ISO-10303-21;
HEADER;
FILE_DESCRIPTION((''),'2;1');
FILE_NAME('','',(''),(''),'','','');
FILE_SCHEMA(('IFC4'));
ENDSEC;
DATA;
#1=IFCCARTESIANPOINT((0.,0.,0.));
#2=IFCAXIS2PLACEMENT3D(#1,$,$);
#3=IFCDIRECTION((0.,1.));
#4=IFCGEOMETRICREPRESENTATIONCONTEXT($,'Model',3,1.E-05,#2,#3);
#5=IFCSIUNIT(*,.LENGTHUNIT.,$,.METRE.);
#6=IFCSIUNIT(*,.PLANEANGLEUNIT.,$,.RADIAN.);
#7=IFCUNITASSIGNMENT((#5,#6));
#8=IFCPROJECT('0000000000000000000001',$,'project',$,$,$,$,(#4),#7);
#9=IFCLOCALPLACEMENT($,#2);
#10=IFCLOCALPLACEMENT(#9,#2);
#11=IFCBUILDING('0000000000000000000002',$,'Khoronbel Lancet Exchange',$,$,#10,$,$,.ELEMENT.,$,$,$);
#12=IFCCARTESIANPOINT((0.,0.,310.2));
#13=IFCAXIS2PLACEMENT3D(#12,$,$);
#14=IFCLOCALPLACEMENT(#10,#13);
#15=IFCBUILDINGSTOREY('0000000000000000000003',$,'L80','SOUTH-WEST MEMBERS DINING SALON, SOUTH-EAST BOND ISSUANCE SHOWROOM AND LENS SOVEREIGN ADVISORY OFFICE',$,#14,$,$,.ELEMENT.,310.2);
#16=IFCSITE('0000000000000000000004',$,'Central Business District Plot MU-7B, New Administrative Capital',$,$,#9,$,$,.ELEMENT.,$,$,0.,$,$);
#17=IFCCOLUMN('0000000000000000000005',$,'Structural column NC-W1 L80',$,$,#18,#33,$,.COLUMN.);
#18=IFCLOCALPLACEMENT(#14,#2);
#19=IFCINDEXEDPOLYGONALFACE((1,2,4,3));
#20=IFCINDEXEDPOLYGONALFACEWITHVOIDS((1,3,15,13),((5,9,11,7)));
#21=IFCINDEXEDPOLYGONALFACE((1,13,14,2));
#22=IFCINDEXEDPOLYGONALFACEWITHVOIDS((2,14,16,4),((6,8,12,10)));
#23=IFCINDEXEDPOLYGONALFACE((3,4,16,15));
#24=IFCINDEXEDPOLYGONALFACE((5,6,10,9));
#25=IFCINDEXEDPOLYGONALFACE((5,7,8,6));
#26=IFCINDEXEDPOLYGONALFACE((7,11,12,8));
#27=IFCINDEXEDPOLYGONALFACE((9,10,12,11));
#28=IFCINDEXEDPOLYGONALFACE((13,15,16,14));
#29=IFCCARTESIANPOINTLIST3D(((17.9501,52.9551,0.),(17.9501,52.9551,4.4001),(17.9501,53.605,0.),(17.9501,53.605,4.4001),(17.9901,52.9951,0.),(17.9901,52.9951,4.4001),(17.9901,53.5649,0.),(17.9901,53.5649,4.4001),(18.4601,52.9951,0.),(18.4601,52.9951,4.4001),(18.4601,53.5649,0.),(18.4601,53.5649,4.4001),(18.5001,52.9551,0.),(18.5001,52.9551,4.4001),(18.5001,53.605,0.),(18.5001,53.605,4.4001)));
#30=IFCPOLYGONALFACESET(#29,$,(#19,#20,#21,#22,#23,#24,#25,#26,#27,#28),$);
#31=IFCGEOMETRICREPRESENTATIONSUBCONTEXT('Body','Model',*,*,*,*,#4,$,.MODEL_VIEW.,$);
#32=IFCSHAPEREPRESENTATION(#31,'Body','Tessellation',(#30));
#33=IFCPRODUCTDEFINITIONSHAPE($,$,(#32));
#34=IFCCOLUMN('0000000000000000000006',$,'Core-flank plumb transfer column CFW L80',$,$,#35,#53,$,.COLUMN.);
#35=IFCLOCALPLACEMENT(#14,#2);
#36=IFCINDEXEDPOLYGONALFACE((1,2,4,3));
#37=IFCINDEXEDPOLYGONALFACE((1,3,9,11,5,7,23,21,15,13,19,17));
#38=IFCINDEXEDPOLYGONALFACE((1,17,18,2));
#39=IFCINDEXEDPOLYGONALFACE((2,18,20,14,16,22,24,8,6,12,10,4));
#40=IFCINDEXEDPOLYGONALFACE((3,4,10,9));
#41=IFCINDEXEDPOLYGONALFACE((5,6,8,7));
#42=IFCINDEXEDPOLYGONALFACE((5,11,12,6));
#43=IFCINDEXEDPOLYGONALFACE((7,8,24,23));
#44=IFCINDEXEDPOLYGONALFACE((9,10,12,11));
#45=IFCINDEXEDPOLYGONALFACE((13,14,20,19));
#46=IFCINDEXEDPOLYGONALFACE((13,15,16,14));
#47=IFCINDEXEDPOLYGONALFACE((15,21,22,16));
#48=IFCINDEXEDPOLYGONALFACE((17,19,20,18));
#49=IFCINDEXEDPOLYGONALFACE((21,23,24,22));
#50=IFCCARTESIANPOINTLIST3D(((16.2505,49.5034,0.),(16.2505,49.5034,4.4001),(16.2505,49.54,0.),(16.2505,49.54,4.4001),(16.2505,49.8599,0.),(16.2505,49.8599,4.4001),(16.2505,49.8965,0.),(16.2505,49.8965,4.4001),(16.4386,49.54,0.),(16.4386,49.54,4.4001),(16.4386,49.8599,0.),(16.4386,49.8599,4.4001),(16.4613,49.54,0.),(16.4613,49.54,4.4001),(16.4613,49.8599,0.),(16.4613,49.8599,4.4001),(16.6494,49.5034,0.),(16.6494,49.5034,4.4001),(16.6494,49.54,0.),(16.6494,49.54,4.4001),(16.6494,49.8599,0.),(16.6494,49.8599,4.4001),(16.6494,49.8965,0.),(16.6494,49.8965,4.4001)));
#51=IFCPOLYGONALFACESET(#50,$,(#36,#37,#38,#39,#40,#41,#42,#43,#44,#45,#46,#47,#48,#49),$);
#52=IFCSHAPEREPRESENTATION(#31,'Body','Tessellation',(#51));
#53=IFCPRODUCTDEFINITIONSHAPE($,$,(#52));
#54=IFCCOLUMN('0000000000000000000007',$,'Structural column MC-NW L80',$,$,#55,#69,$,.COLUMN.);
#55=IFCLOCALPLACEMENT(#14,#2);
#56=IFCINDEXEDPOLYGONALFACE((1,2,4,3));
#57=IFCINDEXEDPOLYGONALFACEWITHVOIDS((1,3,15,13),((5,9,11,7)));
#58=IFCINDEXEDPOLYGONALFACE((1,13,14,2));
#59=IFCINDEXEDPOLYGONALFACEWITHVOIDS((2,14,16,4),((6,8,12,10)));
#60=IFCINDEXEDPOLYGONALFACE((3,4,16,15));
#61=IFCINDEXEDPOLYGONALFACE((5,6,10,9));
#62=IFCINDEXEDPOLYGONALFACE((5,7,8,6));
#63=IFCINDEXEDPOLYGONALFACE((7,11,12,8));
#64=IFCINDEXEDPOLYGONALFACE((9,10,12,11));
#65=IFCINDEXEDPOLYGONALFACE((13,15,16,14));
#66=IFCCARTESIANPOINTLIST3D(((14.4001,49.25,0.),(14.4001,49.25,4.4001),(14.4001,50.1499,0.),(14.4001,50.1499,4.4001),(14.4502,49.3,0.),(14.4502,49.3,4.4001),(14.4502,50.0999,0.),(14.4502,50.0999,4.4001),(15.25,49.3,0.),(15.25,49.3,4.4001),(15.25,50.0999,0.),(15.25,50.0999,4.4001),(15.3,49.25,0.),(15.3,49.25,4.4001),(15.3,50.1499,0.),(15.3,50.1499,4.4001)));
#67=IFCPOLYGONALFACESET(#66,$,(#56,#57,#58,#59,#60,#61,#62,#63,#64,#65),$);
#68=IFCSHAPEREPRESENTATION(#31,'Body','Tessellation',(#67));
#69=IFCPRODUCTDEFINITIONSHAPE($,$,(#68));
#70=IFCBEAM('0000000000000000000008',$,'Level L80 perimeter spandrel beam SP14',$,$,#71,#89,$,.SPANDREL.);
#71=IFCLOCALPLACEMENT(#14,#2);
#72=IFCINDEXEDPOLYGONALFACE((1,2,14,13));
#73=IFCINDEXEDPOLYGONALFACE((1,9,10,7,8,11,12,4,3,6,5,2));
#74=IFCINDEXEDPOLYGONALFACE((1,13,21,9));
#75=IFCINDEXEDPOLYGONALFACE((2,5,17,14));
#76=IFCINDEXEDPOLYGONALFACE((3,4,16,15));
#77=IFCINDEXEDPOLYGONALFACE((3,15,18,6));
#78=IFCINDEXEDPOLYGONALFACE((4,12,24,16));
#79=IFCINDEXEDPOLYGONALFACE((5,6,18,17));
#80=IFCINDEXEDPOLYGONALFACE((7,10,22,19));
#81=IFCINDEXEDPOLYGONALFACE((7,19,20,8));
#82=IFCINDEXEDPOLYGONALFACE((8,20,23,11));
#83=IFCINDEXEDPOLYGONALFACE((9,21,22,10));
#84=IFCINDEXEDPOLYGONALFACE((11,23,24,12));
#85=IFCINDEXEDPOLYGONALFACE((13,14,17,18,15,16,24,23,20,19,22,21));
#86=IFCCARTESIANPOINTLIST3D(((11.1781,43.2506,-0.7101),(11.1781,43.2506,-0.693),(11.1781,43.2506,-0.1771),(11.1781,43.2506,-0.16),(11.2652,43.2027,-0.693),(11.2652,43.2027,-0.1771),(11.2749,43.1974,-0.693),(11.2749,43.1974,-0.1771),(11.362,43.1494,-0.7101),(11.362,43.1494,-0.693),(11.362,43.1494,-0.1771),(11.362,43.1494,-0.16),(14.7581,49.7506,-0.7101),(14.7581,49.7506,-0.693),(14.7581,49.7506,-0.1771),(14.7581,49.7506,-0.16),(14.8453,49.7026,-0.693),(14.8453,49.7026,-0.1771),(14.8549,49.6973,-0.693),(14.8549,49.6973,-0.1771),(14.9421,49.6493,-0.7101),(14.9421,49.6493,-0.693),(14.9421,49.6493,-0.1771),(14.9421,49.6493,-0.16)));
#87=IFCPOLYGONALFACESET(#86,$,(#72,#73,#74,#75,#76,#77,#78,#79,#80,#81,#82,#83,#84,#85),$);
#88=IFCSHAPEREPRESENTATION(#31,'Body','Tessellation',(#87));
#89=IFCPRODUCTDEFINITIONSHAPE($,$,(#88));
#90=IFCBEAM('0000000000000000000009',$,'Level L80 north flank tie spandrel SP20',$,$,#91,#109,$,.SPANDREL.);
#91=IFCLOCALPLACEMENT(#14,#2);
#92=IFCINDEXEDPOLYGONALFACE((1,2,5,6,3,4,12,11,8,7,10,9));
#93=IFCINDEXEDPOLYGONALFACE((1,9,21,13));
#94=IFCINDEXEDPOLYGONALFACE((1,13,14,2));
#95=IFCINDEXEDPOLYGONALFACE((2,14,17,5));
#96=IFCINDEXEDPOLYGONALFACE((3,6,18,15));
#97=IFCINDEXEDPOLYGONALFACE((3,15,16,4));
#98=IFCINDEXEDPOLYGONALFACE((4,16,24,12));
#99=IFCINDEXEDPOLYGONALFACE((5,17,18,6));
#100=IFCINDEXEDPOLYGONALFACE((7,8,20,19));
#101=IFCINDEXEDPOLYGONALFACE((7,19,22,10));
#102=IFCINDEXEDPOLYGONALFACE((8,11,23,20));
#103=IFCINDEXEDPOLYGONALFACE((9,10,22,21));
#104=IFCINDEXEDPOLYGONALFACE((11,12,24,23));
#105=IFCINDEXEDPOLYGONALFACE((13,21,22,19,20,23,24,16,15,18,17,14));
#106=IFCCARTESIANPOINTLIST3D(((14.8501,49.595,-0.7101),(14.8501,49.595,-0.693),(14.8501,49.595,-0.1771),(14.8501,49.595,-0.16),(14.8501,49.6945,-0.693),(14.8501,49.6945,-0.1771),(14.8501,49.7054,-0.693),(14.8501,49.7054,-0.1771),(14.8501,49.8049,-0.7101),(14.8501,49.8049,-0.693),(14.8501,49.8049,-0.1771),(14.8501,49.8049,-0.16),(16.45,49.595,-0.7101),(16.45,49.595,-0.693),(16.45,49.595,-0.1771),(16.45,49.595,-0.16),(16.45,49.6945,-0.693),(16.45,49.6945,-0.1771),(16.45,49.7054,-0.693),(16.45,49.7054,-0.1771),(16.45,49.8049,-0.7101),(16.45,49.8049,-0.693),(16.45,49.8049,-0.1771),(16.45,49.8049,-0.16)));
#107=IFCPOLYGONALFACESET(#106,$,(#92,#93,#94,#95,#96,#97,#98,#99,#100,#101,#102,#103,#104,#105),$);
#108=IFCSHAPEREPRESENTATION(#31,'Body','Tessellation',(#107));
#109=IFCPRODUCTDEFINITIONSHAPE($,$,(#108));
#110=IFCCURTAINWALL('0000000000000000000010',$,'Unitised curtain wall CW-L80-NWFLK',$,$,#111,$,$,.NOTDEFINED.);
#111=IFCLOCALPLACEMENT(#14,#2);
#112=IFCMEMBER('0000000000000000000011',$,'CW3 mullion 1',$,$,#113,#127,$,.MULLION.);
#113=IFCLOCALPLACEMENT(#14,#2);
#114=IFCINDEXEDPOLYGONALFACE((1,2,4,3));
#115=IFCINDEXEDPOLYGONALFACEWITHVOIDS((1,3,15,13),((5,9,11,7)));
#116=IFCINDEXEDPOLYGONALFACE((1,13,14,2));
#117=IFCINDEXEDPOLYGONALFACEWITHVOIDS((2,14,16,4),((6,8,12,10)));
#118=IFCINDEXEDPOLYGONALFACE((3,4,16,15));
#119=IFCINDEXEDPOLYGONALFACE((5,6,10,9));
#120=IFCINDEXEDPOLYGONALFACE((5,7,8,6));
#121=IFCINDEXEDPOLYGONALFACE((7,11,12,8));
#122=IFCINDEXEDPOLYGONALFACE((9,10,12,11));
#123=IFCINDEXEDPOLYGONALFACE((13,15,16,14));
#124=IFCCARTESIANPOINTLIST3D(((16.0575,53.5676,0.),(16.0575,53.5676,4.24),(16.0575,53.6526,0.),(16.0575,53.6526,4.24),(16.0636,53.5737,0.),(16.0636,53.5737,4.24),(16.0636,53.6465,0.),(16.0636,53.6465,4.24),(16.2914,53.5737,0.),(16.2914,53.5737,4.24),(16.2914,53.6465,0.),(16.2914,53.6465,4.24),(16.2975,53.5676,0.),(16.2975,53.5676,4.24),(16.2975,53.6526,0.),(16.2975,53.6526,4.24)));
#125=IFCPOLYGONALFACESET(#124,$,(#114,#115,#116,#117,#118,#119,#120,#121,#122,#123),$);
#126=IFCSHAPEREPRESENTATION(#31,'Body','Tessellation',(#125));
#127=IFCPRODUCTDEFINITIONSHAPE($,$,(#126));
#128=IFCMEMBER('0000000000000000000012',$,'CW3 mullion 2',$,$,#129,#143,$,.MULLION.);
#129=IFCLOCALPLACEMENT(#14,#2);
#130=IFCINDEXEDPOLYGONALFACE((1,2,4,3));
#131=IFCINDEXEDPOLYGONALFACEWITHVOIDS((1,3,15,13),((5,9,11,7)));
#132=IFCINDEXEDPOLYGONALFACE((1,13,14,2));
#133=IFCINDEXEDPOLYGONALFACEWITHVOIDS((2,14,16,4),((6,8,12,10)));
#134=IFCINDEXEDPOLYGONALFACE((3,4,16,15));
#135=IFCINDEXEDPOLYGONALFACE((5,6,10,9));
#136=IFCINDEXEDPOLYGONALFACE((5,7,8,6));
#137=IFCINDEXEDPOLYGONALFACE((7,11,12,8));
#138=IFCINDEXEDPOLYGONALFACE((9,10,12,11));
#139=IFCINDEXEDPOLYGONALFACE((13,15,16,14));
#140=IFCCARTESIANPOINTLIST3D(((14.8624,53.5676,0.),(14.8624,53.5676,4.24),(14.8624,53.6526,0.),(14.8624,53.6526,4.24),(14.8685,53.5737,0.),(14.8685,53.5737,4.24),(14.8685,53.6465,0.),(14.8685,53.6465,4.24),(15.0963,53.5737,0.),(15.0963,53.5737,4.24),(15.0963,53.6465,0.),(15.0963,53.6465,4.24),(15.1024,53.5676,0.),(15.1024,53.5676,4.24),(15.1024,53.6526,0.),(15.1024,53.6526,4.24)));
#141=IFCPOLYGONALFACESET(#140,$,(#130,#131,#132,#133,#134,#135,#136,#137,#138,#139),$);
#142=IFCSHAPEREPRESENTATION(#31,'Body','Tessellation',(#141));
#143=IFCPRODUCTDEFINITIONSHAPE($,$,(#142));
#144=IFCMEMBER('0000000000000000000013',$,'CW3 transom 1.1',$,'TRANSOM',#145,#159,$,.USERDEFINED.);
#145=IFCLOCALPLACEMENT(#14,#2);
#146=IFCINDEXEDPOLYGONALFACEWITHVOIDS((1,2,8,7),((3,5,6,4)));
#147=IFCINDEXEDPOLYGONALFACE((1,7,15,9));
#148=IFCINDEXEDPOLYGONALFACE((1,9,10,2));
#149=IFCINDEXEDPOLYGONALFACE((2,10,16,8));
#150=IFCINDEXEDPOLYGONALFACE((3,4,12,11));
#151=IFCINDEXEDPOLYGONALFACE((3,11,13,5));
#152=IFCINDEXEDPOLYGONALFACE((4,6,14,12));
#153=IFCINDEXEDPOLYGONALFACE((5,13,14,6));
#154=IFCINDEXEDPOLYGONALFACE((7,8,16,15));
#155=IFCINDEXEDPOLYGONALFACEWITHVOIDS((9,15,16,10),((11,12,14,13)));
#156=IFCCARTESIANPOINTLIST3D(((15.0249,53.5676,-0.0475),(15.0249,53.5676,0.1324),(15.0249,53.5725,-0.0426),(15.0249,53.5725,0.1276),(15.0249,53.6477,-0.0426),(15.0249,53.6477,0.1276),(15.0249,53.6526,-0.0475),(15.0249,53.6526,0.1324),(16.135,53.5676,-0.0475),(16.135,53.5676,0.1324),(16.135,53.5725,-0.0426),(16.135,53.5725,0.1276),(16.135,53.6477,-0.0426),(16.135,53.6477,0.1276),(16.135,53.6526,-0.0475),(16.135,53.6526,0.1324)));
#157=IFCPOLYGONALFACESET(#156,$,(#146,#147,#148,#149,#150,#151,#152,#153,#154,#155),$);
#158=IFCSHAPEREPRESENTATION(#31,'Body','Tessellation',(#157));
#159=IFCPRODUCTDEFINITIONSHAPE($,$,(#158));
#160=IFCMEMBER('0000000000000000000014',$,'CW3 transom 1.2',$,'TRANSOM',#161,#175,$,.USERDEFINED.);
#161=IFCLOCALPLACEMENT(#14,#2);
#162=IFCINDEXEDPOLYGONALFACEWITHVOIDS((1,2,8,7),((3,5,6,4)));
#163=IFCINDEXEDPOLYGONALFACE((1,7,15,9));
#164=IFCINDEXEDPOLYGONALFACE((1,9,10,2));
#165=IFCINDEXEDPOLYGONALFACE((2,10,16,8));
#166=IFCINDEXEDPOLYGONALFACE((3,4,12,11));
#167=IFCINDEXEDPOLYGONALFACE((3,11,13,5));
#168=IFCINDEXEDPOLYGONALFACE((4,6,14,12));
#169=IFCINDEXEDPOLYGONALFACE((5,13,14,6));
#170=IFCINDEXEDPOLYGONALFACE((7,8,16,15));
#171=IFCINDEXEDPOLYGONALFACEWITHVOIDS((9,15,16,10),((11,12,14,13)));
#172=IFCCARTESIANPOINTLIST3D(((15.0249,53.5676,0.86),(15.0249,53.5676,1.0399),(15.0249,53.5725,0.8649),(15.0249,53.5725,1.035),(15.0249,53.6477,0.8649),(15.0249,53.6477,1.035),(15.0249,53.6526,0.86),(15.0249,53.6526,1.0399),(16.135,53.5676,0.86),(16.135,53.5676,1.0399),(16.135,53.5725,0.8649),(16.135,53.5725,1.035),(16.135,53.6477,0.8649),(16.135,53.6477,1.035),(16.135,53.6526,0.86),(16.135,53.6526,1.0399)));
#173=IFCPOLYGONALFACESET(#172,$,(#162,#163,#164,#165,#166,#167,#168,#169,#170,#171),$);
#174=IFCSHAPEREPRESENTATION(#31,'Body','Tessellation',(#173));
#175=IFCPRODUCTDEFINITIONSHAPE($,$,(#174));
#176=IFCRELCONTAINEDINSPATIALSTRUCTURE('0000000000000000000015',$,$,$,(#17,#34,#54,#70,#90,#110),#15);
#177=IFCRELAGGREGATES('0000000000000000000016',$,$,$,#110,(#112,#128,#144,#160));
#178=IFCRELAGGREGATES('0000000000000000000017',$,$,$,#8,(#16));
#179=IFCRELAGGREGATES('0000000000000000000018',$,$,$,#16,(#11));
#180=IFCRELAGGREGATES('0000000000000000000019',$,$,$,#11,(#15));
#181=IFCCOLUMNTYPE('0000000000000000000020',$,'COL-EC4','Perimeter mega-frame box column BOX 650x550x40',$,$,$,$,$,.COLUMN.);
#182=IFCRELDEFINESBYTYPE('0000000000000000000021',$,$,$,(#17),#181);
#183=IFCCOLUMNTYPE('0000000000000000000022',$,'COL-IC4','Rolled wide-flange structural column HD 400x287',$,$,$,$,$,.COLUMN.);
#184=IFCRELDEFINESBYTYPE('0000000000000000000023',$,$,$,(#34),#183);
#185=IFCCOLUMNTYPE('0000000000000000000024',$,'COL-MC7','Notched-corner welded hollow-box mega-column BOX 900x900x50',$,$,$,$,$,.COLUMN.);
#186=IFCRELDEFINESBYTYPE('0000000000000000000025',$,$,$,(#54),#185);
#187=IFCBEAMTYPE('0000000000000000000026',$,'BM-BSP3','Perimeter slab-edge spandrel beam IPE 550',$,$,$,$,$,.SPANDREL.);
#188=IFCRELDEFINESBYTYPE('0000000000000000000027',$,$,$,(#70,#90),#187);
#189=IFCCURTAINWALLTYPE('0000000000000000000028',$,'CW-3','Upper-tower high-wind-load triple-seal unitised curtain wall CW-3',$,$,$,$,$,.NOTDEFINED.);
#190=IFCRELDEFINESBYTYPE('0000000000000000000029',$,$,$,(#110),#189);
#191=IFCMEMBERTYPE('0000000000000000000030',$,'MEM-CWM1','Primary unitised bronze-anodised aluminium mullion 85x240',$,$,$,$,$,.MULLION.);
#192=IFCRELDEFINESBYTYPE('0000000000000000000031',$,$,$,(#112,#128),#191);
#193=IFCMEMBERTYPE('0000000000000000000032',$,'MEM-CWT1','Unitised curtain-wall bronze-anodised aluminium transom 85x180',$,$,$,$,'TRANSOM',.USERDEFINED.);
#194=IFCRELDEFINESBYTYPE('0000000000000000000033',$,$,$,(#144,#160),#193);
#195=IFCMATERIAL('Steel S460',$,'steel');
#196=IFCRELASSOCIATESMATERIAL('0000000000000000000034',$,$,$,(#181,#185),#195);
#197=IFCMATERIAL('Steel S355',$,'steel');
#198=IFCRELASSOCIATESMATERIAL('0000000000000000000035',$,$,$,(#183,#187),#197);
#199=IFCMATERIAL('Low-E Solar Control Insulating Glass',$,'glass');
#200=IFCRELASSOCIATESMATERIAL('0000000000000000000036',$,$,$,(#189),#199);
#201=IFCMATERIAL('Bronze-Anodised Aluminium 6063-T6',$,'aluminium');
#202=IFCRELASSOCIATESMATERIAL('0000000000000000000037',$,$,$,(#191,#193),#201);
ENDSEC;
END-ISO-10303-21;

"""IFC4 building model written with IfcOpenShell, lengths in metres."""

from ifc_helpers import new_model, si_unit, direction, frame, origin, origin_2d, place, context, subcontext, project, spatial, hollow_rectangle, i_section, extrude, material, material_profile, profile_set, type_object, element, aggregate, save


model = new_model("IFC4")

# Units and contexts
model_context = context("Model", 3, precision=1e-05, world=origin(), true_north=direction((0.0, 1.0)))
body_context = subcontext(model_context, "Body", "Model", "MODEL_VIEW")
ifc_project = project(units=[si_unit("LENGTHUNIT", "METRE"), si_unit("PLANEANGLEUNIT", "RADIAN")], contexts=[model_context])

# Site, building, storey
site_placement = place(None, origin())
site = spatial("IfcSite", under=ifc_project, at=site_placement, Name="Central Business District Plot MU-7B, New Administrative Capital", CompositionType="ELEMENT", RefElevation=0.0)
building_placement = place(site_placement, origin())
building = spatial("IfcBuilding", under=site, at=building_placement, Name="Khoronbel Lancet Exchange", CompositionType="ELEMENT")
storey_placement = place(building_placement, frame((0.0, 0.0, 310.2)))
storey = spatial("IfcBuildingStorey", under=building, at=storey_placement, Name="L80", Description="SOUTH-WEST MEMBERS DINING SALON, SOUTH-EAST BOND ISSUANCE SHOWROOM AND LENS SOVEREIGN ADVISORY OFFICE", CompositionType="ELEMENT", Elevation=310.2)

# Columns
ifc_material_1 = material(Name="Steel S460", Category="steel")
ifc_material_profile_1 = material_profile(ifc_material_1, hollow_rectangle(XDim=0.55, YDim=0.6499, WallThickness=0.04, at=origin_2d()), Name="BOX 650x550x40")
ifc_profile_set_1 = profile_set([ifc_material_profile_1], Name="Steel S460")
column_type_1 = type_object("IfcColumnType", Name="COL-EC4", Description="Perimeter mega-frame box column BOX 650x550x40", PredefinedType="COLUMN", material=ifc_profile_set_1)
column_1_placement = place(storey_placement, frame((18.2251, 53.28, 0.0), z_axis=(0.0, 0.0, 1.0), x_axis=(1.0, 0.0, 0.0)))
element("IfcColumn", 1, at=column_1_placement, inside=storey, type_object=column_type_1, Name="Structural column NC-W1 L80", PredefinedType="COLUMN", context=body_context, shape_type="SweptSolid", body=[
    extrude(hollow_rectangle(XDim=0.55, YDim=0.6499, WallThickness=0.04, at=origin_2d()), origin(), (0.0, 0.0, 1.0), 4.4001),
])
ifc_material_2 = material(Name="Steel S355", Category="steel")
ifc_material_profile_2 = material_profile(ifc_material_2, i_section(OverallWidth=0.3989, OverallDepth=0.3931, WebThickness=0.0227, FlangeThickness=0.0366, at=origin_2d()), Name="HD 400x287")
ifc_profile_set_2 = profile_set([ifc_material_profile_2], Name="Steel S355")
column_type_2 = type_object("IfcColumnType", Name="COL-IC4", Description="Rolled wide-flange structural column HD 400x287", PredefinedType="COLUMN", material=ifc_profile_set_2)
column_2_placement = place(storey_placement, frame((16.45, 49.7, 0.0), z_axis=(0.0, 0.0, 1.0), x_axis=(1.0, 0.0, 0.0)))
element("IfcColumn", 2, at=column_2_placement, inside=storey, type_object=column_type_2, Name="Core-flank plumb transfer column CFW L80", PredefinedType="COLUMN", context=body_context, shape_type="SweptSolid", body=[
    extrude(i_section(OverallWidth=0.3989, OverallDepth=0.3931, WebThickness=0.0227, FlangeThickness=0.0366, at=origin_2d()), origin(), (0.0, 0.0, 1.0), 4.4001),
])
ifc_material_profile_3 = material_profile(ifc_material_1, hollow_rectangle(XDim=0.8999, YDim=0.8999, WallThickness=0.05, at=origin_2d()), Name="BOX 900x900x50")
ifc_profile_set_3 = profile_set([ifc_material_profile_3], Name="Steel S460")
column_type_3 = type_object("IfcColumnType", Name="COL-MC7", Description="Notched-corner welded hollow-box mega-column BOX 900x900x50", PredefinedType="COLUMN", material=ifc_profile_set_3)
column_3_placement = place(storey_placement, frame((14.8501, 49.7, 0.0), z_axis=(0.0, 0.0, 1.0), x_axis=(1.0, 0.0, 0.0)))
element("IfcColumn", 3, at=column_3_placement, inside=storey, type_object=column_type_3, Name="Structural column MC-NW L80", PredefinedType="COLUMN", context=body_context, shape_type="SweptSolid", body=[
    extrude(hollow_rectangle(XDim=0.8999, YDim=0.8999, WallThickness=0.05, at=origin_2d()), origin(), (0.0, 0.0, 1.0), 4.4001),
])

# Beams
ifc_material_profile_4 = material_profile(ifc_material_2, i_section(OverallWidth=0.21, OverallDepth=0.55, WebThickness=0.011, FlangeThickness=0.0171, at=origin_2d()), Name="IPE 550")
ifc_profile_set_4 = profile_set([ifc_material_profile_4], Name="Steel S355")
beam_type = type_object("IfcBeamType", Name="BM-BSP3", Description="Perimeter slab-edge spandrel beam IPE 550", PredefinedType="SPANDREL", material=ifc_profile_set_4)
beam_1_placement = place(storey_placement, frame((14.8501, 49.7, -0.4351), z_axis=(-0.482444, -0.875927, 0.0), x_axis=(0.875927, -0.482444, 0.0)))
element("IfcBeam", 4, at=beam_1_placement, inside=storey, type_object=beam_type, Name="Level L80 perimeter spandrel beam SP14", PredefinedType="SPANDREL", context=body_context, shape_type="SweptSolid", body=[
    extrude(i_section(OverallWidth=0.21, OverallDepth=0.55, WebThickness=0.011, FlangeThickness=0.0171, at=origin_2d()), origin(), (0.0, 0.0, 1.0), 7.4207),
])
beam_2_placement = place(storey_placement, frame((14.8501, 49.7, -0.4351), z_axis=(1.0, 0.0, 0.0), x_axis=(0.0, 1.0, 0.0)))
element("IfcBeam", 5, at=beam_2_placement, inside=storey, type_object=beam_type, Name="Level L80 north flank tie spandrel SP20", PredefinedType="SPANDREL", context=body_context, shape_type="SweptSolid", body=[
    extrude(i_section(OverallWidth=0.21, OverallDepth=0.55, WebThickness=0.011, FlangeThickness=0.0171, at=origin_2d()), origin(), (0.0, 0.0, 1.0), 1.5999),
])

# Curtain wall, members
ifc_material_3 = material(Name="Low-E Solar Control Insulating Glass", Category="glass")
curtain_wall_type = type_object("IfcCurtainWallType", Name="CW-3", Description="Upper-tower high-wind-load triple-seal unitised curtain wall CW-3", PredefinedType="NOTDEFINED", material=ifc_material_3)
curtain_wall_placement = place(storey_placement, origin())
curtain_wall = element("IfcCurtainWall", 6, at=curtain_wall_placement, inside=storey, type_object=curtain_wall_type, Name="Unitised curtain wall CW-L80-NWFLK", PredefinedType="NOTDEFINED")
ifc_material_4 = material(Name="Bronze-Anodised Aluminium 6063-T6", Category="aluminium")
ifc_material_profile_5 = material_profile(ifc_material_4, hollow_rectangle(XDim=0.085, YDim=0.24, WallThickness=0.0061, at=origin_2d()), Name="ALU MULLION 85x240")
ifc_profile_set_5 = profile_set([ifc_material_profile_5], Name="Bronze-Anodised Aluminium 6063-T6")
member_type_1 = type_object("IfcMemberType", Name="MEM-CWM1", Description="Primary unitised bronze-anodised aluminium mullion 85x240", PredefinedType="MULLION", material=ifc_profile_set_5)
member_1_placement = place(storey_placement, frame((16.1775, 53.6101, 0.0), z_axis=(0.0, 0.0, 1.0), x_axis=(0.0, -1.0, 0.0)))
member_1 = element("IfcMember", 7, at=member_1_placement, type_object=member_type_1, Name="CW3 mullion 1", PredefinedType="MULLION", context=body_context, shape_type="SweptSolid", body=[
    extrude(hollow_rectangle(XDim=0.085, YDim=0.24, WallThickness=0.0061, at=origin_2d()), origin(), (0.0, 0.0, 1.0), 4.24),
])
member_2_placement = place(storey_placement, frame((14.9824, 53.6101, 0.0), z_axis=(0.0, 0.0, 1.0), x_axis=(0.0, -1.0, 0.0)))
member_2 = element("IfcMember", 8, at=member_2_placement, type_object=member_type_1, Name="CW3 mullion 2", PredefinedType="MULLION", context=body_context, shape_type="SweptSolid", body=[
    extrude(hollow_rectangle(XDim=0.085, YDim=0.24, WallThickness=0.0061, at=origin_2d()), origin(), (0.0, 0.0, 1.0), 4.24),
])
ifc_material_profile_6 = material_profile(ifc_material_4, hollow_rectangle(XDim=0.085, YDim=0.1799, WallThickness=0.0049, at=origin_2d()), Name="ALU TRANSOM 85x180")
ifc_profile_set_6 = profile_set([ifc_material_profile_6], Name="Bronze-Anodised Aluminium 6063-T6")
member_type_2 = type_object("IfcMemberType", Name="MEM-CWT1", Description="Unitised curtain-wall bronze-anodised aluminium transom 85x180", ElementType="TRANSOM", PredefinedType="USERDEFINED", material=ifc_profile_set_6)
member_3_placement = place(storey_placement, frame((16.135, 53.6101, 0.0425), z_axis=(-1.0, 0.0, 0.0), x_axis=(0.0, -1.0, 0.0)))
member_3 = element("IfcMember", 9, at=member_3_placement, type_object=member_type_2, Name="CW3 transom 1.1", ObjectType="TRANSOM", PredefinedType="USERDEFINED", context=body_context, shape_type="SweptSolid", body=[
    extrude(hollow_rectangle(XDim=0.085, YDim=0.1799, WallThickness=0.0049, at=origin_2d()), origin(), (0.0, 0.0, 1.0), 1.1101),
])
member_4_placement = place(storey_placement, frame((16.135, 53.6101, 0.95), z_axis=(-1.0, 0.0, 0.0), x_axis=(0.0, -1.0, 0.0)))
member_4 = element("IfcMember", 10, at=member_4_placement, type_object=member_type_2, Name="CW3 transom 1.2", ObjectType="TRANSOM", PredefinedType="USERDEFINED", context=body_context, shape_type="SweptSolid", body=[
    extrude(hollow_rectangle(XDim=0.085, YDim=0.1799, WallThickness=0.0049, at=origin_2d()), origin(), (0.0, 0.0, 1.0), 1.1101),
])
aggregate(curtain_wall, [member_1, member_2, member_3, member_4])

save(model, "model.ifc")
